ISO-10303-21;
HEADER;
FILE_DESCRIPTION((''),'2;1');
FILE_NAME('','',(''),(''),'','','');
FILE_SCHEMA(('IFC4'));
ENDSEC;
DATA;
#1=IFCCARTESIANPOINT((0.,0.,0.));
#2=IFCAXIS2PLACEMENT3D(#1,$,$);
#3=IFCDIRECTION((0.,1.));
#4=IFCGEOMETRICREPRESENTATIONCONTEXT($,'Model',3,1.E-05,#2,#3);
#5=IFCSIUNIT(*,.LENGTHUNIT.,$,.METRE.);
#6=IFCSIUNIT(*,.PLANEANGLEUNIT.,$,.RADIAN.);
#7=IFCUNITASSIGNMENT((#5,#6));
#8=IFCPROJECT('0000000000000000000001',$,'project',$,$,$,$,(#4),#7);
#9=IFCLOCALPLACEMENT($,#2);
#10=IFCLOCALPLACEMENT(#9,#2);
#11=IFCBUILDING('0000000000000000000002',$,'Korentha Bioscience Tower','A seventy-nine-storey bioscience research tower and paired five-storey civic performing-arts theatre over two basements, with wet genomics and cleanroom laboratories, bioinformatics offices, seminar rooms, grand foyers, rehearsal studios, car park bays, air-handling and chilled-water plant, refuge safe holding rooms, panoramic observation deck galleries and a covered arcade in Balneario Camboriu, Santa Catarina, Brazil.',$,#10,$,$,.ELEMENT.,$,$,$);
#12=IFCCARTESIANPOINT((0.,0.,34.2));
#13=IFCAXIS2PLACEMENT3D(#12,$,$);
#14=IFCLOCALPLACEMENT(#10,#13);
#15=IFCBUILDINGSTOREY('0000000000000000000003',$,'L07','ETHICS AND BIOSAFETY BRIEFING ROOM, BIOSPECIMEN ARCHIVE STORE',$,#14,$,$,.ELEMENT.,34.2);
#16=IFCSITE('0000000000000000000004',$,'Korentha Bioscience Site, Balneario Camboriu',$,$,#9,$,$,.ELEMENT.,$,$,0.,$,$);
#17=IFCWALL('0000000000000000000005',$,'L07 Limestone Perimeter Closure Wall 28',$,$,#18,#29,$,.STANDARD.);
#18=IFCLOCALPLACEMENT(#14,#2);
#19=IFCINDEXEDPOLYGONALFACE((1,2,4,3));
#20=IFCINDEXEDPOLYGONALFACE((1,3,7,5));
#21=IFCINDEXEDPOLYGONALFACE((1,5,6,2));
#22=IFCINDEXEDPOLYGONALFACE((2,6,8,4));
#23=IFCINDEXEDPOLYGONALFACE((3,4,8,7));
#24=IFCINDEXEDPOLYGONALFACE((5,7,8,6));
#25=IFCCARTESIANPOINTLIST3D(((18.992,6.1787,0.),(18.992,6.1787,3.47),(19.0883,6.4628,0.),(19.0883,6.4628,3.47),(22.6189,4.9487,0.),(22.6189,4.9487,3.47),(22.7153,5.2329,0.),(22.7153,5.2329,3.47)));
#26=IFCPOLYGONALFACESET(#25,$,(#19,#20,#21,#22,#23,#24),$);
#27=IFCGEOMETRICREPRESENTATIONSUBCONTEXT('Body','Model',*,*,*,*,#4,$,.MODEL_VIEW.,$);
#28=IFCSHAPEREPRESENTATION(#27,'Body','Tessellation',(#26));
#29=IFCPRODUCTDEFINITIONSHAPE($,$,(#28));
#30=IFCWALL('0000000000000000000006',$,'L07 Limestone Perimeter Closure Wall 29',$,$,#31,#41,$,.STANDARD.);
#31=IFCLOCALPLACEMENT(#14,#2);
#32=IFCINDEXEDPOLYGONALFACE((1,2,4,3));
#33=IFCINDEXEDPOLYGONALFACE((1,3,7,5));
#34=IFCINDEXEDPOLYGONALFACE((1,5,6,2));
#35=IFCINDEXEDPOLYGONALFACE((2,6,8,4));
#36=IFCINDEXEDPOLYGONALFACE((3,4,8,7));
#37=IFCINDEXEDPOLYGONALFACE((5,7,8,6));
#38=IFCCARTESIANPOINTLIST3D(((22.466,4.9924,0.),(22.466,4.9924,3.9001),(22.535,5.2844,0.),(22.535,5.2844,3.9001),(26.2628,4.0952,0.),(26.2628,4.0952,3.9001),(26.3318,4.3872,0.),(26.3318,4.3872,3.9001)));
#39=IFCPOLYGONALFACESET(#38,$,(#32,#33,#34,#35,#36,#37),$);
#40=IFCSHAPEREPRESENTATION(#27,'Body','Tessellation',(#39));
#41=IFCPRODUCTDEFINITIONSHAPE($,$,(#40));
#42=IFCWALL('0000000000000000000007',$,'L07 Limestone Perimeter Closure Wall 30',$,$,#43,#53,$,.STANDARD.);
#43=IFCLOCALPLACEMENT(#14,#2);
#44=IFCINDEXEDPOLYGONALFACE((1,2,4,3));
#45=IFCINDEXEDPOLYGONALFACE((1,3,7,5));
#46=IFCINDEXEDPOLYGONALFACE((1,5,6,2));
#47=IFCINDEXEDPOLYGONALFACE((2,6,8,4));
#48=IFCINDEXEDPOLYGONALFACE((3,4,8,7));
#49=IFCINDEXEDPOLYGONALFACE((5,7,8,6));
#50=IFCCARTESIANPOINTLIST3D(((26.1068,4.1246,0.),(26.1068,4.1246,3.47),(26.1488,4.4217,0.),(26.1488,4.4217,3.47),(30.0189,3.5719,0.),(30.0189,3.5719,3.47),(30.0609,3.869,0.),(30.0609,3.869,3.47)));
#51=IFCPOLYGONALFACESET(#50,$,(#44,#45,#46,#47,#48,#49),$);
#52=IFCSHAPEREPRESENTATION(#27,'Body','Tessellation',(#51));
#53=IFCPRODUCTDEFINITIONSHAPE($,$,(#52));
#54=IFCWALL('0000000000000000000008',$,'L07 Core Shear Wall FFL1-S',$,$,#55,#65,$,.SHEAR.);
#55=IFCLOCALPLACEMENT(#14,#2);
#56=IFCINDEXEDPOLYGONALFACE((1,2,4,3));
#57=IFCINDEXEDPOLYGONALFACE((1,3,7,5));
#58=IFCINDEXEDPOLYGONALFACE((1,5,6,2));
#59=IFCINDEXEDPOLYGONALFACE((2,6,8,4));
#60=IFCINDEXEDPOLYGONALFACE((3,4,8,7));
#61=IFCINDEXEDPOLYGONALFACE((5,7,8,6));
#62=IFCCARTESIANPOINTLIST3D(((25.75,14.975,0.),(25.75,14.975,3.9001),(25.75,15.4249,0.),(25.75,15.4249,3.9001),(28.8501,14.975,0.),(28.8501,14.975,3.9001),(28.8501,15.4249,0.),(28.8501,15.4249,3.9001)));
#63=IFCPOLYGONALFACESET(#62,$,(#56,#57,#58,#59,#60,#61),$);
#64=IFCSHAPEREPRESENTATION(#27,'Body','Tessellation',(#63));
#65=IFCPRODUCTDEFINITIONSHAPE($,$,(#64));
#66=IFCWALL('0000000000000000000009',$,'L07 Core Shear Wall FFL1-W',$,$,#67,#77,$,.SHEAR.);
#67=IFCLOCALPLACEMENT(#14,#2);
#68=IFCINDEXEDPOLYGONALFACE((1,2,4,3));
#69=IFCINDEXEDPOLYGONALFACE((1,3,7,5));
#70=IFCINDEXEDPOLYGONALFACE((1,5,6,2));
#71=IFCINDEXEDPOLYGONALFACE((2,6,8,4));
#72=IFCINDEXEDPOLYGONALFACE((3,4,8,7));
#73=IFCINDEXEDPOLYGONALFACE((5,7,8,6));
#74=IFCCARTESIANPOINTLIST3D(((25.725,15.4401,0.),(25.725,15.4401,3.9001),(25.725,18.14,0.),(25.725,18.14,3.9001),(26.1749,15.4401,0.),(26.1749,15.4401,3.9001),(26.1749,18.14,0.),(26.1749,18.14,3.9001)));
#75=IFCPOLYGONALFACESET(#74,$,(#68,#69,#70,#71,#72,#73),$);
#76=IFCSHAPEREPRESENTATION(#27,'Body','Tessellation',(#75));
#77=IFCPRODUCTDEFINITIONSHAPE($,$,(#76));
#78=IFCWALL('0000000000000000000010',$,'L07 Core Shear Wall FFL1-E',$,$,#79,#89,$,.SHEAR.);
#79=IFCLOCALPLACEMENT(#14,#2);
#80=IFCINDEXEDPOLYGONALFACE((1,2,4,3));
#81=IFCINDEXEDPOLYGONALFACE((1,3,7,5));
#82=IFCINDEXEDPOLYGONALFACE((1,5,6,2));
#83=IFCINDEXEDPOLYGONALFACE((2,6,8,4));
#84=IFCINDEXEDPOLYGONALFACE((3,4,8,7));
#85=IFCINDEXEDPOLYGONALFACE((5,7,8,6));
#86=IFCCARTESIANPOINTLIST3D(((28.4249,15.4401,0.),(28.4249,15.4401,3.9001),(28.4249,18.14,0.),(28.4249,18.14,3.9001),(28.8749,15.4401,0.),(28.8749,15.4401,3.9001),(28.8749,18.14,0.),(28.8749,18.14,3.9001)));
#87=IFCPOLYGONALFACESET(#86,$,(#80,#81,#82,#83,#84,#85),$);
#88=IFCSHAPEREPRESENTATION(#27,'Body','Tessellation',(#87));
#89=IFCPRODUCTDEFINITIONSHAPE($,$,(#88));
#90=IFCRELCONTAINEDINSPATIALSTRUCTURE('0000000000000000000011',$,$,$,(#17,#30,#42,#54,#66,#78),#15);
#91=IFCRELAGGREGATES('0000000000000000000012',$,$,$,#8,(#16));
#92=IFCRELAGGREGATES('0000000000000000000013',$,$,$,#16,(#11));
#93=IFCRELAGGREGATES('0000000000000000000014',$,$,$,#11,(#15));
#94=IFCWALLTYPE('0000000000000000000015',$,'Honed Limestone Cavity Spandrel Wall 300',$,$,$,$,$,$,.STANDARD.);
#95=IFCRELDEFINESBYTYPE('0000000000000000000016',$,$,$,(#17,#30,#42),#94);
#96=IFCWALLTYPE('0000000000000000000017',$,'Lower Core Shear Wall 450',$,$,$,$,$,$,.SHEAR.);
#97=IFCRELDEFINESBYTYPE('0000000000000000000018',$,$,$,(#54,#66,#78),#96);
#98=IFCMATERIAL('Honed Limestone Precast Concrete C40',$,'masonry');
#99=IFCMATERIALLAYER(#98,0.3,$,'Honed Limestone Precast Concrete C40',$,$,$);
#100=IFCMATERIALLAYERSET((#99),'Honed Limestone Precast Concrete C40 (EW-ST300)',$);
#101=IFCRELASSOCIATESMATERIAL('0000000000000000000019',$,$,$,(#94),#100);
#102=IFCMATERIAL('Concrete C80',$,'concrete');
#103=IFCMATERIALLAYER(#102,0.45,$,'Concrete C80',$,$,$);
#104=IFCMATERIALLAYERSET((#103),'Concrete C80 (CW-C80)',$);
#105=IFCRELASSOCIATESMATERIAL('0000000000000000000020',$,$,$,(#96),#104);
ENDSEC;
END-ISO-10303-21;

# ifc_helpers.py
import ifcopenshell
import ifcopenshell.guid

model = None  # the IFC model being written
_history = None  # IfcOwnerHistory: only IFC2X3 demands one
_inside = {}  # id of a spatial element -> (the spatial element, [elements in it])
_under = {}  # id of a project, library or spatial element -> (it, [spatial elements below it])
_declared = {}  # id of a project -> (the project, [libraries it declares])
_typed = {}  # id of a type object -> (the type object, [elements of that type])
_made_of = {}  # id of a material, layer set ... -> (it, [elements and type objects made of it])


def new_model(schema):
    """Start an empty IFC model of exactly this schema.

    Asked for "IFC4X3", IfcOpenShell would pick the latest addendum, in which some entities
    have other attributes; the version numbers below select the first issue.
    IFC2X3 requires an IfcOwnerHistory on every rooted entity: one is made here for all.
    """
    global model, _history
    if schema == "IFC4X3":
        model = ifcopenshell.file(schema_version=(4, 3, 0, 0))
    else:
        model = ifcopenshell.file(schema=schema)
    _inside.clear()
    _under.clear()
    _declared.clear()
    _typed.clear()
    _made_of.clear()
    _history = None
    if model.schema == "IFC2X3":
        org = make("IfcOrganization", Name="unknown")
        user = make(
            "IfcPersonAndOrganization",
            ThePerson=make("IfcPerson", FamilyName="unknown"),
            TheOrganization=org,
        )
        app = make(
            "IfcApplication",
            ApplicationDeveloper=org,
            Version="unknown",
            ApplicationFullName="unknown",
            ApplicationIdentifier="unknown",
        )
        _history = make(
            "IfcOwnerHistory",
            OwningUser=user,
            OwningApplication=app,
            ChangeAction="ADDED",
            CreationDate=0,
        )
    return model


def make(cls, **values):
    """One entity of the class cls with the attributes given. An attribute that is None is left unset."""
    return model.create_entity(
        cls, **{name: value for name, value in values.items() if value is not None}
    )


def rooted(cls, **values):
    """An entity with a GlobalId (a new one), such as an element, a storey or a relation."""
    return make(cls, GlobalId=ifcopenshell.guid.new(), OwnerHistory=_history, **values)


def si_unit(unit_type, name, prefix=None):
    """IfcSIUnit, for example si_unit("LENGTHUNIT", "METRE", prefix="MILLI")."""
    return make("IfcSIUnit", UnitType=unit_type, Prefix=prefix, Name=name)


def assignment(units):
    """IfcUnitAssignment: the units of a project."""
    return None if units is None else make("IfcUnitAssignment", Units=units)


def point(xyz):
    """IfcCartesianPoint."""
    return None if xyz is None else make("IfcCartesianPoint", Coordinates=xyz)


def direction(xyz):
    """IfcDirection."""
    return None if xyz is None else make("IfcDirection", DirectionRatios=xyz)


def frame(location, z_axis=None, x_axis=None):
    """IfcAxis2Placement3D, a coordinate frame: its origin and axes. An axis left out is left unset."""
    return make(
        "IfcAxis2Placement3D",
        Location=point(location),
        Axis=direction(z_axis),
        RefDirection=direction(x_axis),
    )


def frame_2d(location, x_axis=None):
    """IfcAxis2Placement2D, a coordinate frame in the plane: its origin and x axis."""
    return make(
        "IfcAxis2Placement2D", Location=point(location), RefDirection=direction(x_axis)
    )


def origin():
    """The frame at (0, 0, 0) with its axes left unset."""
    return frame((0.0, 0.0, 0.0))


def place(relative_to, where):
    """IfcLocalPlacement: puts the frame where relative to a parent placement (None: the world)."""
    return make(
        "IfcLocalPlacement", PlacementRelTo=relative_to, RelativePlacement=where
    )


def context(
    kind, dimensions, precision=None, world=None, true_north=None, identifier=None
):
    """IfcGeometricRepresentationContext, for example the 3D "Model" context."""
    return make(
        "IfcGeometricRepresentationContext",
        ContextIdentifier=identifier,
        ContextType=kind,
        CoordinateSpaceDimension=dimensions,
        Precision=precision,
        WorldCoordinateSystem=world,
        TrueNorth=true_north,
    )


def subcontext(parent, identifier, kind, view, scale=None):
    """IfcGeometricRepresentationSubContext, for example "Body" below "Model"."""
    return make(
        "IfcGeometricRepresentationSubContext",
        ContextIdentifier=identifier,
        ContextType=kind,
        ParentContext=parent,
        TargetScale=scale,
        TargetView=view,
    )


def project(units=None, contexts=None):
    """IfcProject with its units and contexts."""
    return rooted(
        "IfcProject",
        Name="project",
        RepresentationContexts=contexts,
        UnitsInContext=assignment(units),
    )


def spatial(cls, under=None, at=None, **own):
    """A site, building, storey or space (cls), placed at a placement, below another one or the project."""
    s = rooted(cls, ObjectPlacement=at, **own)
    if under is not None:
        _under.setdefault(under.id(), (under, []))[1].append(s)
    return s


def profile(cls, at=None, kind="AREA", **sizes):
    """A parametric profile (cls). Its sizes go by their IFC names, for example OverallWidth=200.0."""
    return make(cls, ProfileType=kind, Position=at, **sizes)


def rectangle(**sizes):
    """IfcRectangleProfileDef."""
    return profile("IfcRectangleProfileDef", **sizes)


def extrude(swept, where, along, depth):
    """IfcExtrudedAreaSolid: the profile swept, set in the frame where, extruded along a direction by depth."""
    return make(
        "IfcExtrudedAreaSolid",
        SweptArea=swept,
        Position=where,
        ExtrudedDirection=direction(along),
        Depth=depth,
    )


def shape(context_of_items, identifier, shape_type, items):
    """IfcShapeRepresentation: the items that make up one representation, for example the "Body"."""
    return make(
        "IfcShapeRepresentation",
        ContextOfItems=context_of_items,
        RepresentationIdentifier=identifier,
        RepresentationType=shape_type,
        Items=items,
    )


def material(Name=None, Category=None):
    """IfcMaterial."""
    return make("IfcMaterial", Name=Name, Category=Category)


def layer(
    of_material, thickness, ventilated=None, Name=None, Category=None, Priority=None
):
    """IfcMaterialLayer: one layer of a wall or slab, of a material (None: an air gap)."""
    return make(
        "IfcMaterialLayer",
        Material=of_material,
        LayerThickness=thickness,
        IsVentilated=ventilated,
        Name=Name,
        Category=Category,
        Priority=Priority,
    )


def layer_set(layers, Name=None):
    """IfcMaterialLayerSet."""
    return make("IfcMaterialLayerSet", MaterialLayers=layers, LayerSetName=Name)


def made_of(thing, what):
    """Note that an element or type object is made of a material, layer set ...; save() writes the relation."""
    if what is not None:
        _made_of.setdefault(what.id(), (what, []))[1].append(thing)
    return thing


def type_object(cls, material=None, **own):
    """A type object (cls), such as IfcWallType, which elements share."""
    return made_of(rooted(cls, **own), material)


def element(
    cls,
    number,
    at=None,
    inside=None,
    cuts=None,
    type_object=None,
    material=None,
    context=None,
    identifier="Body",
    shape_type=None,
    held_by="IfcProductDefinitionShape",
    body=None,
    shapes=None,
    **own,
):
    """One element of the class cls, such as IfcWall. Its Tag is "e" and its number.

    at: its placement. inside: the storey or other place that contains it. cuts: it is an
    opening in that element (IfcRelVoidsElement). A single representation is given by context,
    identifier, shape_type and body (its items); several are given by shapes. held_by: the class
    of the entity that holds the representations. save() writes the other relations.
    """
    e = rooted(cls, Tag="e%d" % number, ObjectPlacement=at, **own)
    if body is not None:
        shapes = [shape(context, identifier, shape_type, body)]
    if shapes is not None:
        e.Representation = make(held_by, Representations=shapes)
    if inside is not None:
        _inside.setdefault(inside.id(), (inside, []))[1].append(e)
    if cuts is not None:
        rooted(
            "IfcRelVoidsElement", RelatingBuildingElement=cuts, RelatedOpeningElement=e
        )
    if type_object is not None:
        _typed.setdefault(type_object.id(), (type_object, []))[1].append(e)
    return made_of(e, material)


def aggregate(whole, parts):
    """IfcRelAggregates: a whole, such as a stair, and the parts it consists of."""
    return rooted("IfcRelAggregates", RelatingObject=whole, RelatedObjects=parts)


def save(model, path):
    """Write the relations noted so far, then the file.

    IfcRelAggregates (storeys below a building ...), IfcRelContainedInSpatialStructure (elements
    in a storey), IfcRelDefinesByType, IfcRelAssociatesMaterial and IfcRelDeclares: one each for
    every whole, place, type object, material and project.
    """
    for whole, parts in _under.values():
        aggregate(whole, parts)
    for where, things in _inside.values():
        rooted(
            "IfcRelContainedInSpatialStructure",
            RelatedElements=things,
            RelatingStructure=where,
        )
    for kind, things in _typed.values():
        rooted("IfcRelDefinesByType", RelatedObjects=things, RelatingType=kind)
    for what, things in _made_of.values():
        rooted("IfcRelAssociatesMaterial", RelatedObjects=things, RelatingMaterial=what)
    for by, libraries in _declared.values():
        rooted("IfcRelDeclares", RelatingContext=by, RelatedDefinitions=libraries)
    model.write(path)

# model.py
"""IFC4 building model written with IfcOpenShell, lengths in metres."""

from ifc_helpers import new_model, si_unit, direction, frame, frame_2d, origin, place, context, subcontext, project, spatial, rectangle, extrude, material, layer, layer_set, type_object, element, save


model = new_model("IFC4")

# Units and contexts
model_context = context("Model", 3, precision=1e-05, world=origin(), true_north=direction((0.0, 1.0)))
body_context = subcontext(model_context, "Body", "Model", "MODEL_VIEW")
ifc_project = project(units=[si_unit("LENGTHUNIT", "METRE"), si_unit("PLANEANGLEUNIT", "RADIAN")], contexts=[model_context])

# Site, building, storey
site_placement = place(None, origin())
site = spatial("IfcSite", under=ifc_project, at=site_placement, Name="Korentha Bioscience Site, Balneario Camboriu", CompositionType="ELEMENT", RefElevation=0.0)
building_placement = place(site_placement, origin())
building = spatial("IfcBuilding", under=site, at=building_placement, Name="Korentha Bioscience Tower", Description="A seventy-nine-storey bioscience research tower and paired five-storey civic performing-arts theatre over two basements, with wet genomics and cleanroom laboratories, bioinformatics offices, seminar rooms, grand foyers, rehearsal studios, car park bays, air-handling and chilled-water plant, refuge safe holding rooms, panoramic observation deck galleries and a covered arcade in Balneario Camboriu, Santa Catarina, Brazil.", CompositionType="ELEMENT")
storey_placement = place(building_placement, frame((0.0, 0.0, 34.2)))
storey = spatial("IfcBuildingStorey", under=building, at=storey_placement, Name="L07", Description="ETHICS AND BIOSAFETY BRIEFING ROOM, BIOSPECIMEN ARCHIVE STORE", CompositionType="ELEMENT", Elevation=34.2)

# Shared definitions
ifc_material_1 = material(Name="Concrete C80", Category="concrete")

# Shared definitions
ifc_material_2 = material(Name="Honed Limestone Precast Concrete C40", Category="masonry")
ifc_layer_1 = layer(ifc_material_2, 0.3, Name="Honed Limestone Precast Concrete C40")
ifc_layer_set_1 = layer_set([ifc_layer_1], Name="Honed Limestone Precast Concrete C40 (EW-ST300)")
wall_type_1 = type_object("IfcWallType", Name="Honed Limestone Cavity Spandrel Wall 300", PredefinedType="STANDARD", material=ifc_layer_set_1)

# Walls
wall_1_placement = place(storey_placement, frame((19.04, 6.3208, 0.0), z_axis=(0.0, 0.0, 1.0), x_axis=(0.947026, -0.321158, 0.0)))
element("IfcWall", 1, at=wall_1_placement, inside=storey, type_object=wall_type_1, Name="L07 Limestone Perimeter Closure Wall 28", PredefinedType="STANDARD", context=body_context, shape_type="SweptSolid", body=[
    extrude(rectangle(XDim=3.8298, YDim=0.3, at=frame_2d((1.915, 0.0))), origin(), (0.0, 0.0, 1.0), 3.47),
])
wall_2_placement = place(storey_placement, frame((22.5005, 5.1384, 0.0), z_axis=(0.0, 0.0, 1.0), x_axis=(0.973198, -0.22997, 0.0)))
element("IfcWall", 2, at=wall_2_placement, inside=storey, type_object=wall_type_1, Name="L07 Limestone Perimeter Closure Wall 29", PredefinedType="STANDARD", context=body_context, shape_type="SweptSolid", body=[
    extrude(rectangle(XDim=3.9014, YDim=0.3, at=frame_2d((1.9507, 0.0))), origin(), (0.0, 0.0, 1.0), 3.9001),
])
wall_3_placement = place(storey_placement, frame((26.1277, 4.2732, 0.0), z_axis=(0.0, 0.0, 1.0), x_axis=(0.990166, -0.139899, 0.0)))
element("IfcWall", 3, at=wall_3_placement, inside=storey, type_object=wall_type_1, Name="L07 Limestone Perimeter Closure Wall 30", PredefinedType="STANDARD", context=body_context, shape_type="SweptSolid", body=[
    extrude(rectangle(XDim=3.9509, YDim=0.3, at=frame_2d((1.9756, 0.0))), origin(), (0.0, 0.0, 1.0), 3.47),
])
ifc_layer_2 = layer(ifc_material_1, 0.45, Name="Concrete C80")
ifc_layer_set_2 = layer_set([ifc_layer_2], Name="Concrete C80 (CW-C80)")
wall_type_2 = type_object("IfcWallType", Name="Lower Core Shear Wall 450", PredefinedType="SHEAR", material=ifc_layer_set_2)
wall_4_placement = place(storey_placement, frame((25.75, 15.2, 0.0), z_axis=(0.0, 0.0, 1.0), x_axis=(1.0, 0.0, 0.0)))
element("IfcWall", 4, at=wall_4_placement, inside=storey, type_object=wall_type_2, Name="L07 Core Shear Wall FFL1-S", PredefinedType="SHEAR", context=body_context, shape_type="SweptSolid", body=[
    extrude(rectangle(XDim=3.1001, YDim=0.45, at=frame_2d((1.55, 0.0))), origin(), (0.0, 0.0, 1.0), 3.9001),
])
for number, where, z_axis, x_axis, name in (
    (5, (25.95, 15.4399, 0.0), (0.0, 0.0, 1.0), (0.0, 1.0, 0.0), "L07 Core Shear Wall FFL1-W"),
    (6, (28.6499, 15.4399, 0.0), (0.0, 0.0, 1.0), (0.0, 1.0, 0.0), "L07 Core Shear Wall FFL1-E"),
):
    element("IfcWall", number, at=place(storey_placement, frame(where, z_axis=z_axis, x_axis=x_axis)), inside=storey, type_object=wall_type_2, Name=name, PredefinedType="SHEAR", context=body_context, shape_type="SweptSolid", body=[
        extrude(rectangle(XDim=2.7, YDim=0.45, at=frame_2d((1.3501, 0.0))), origin(), (0.0, 0.0, 1.0), 3.9001),
    ])

save(model, "model.ifc")
